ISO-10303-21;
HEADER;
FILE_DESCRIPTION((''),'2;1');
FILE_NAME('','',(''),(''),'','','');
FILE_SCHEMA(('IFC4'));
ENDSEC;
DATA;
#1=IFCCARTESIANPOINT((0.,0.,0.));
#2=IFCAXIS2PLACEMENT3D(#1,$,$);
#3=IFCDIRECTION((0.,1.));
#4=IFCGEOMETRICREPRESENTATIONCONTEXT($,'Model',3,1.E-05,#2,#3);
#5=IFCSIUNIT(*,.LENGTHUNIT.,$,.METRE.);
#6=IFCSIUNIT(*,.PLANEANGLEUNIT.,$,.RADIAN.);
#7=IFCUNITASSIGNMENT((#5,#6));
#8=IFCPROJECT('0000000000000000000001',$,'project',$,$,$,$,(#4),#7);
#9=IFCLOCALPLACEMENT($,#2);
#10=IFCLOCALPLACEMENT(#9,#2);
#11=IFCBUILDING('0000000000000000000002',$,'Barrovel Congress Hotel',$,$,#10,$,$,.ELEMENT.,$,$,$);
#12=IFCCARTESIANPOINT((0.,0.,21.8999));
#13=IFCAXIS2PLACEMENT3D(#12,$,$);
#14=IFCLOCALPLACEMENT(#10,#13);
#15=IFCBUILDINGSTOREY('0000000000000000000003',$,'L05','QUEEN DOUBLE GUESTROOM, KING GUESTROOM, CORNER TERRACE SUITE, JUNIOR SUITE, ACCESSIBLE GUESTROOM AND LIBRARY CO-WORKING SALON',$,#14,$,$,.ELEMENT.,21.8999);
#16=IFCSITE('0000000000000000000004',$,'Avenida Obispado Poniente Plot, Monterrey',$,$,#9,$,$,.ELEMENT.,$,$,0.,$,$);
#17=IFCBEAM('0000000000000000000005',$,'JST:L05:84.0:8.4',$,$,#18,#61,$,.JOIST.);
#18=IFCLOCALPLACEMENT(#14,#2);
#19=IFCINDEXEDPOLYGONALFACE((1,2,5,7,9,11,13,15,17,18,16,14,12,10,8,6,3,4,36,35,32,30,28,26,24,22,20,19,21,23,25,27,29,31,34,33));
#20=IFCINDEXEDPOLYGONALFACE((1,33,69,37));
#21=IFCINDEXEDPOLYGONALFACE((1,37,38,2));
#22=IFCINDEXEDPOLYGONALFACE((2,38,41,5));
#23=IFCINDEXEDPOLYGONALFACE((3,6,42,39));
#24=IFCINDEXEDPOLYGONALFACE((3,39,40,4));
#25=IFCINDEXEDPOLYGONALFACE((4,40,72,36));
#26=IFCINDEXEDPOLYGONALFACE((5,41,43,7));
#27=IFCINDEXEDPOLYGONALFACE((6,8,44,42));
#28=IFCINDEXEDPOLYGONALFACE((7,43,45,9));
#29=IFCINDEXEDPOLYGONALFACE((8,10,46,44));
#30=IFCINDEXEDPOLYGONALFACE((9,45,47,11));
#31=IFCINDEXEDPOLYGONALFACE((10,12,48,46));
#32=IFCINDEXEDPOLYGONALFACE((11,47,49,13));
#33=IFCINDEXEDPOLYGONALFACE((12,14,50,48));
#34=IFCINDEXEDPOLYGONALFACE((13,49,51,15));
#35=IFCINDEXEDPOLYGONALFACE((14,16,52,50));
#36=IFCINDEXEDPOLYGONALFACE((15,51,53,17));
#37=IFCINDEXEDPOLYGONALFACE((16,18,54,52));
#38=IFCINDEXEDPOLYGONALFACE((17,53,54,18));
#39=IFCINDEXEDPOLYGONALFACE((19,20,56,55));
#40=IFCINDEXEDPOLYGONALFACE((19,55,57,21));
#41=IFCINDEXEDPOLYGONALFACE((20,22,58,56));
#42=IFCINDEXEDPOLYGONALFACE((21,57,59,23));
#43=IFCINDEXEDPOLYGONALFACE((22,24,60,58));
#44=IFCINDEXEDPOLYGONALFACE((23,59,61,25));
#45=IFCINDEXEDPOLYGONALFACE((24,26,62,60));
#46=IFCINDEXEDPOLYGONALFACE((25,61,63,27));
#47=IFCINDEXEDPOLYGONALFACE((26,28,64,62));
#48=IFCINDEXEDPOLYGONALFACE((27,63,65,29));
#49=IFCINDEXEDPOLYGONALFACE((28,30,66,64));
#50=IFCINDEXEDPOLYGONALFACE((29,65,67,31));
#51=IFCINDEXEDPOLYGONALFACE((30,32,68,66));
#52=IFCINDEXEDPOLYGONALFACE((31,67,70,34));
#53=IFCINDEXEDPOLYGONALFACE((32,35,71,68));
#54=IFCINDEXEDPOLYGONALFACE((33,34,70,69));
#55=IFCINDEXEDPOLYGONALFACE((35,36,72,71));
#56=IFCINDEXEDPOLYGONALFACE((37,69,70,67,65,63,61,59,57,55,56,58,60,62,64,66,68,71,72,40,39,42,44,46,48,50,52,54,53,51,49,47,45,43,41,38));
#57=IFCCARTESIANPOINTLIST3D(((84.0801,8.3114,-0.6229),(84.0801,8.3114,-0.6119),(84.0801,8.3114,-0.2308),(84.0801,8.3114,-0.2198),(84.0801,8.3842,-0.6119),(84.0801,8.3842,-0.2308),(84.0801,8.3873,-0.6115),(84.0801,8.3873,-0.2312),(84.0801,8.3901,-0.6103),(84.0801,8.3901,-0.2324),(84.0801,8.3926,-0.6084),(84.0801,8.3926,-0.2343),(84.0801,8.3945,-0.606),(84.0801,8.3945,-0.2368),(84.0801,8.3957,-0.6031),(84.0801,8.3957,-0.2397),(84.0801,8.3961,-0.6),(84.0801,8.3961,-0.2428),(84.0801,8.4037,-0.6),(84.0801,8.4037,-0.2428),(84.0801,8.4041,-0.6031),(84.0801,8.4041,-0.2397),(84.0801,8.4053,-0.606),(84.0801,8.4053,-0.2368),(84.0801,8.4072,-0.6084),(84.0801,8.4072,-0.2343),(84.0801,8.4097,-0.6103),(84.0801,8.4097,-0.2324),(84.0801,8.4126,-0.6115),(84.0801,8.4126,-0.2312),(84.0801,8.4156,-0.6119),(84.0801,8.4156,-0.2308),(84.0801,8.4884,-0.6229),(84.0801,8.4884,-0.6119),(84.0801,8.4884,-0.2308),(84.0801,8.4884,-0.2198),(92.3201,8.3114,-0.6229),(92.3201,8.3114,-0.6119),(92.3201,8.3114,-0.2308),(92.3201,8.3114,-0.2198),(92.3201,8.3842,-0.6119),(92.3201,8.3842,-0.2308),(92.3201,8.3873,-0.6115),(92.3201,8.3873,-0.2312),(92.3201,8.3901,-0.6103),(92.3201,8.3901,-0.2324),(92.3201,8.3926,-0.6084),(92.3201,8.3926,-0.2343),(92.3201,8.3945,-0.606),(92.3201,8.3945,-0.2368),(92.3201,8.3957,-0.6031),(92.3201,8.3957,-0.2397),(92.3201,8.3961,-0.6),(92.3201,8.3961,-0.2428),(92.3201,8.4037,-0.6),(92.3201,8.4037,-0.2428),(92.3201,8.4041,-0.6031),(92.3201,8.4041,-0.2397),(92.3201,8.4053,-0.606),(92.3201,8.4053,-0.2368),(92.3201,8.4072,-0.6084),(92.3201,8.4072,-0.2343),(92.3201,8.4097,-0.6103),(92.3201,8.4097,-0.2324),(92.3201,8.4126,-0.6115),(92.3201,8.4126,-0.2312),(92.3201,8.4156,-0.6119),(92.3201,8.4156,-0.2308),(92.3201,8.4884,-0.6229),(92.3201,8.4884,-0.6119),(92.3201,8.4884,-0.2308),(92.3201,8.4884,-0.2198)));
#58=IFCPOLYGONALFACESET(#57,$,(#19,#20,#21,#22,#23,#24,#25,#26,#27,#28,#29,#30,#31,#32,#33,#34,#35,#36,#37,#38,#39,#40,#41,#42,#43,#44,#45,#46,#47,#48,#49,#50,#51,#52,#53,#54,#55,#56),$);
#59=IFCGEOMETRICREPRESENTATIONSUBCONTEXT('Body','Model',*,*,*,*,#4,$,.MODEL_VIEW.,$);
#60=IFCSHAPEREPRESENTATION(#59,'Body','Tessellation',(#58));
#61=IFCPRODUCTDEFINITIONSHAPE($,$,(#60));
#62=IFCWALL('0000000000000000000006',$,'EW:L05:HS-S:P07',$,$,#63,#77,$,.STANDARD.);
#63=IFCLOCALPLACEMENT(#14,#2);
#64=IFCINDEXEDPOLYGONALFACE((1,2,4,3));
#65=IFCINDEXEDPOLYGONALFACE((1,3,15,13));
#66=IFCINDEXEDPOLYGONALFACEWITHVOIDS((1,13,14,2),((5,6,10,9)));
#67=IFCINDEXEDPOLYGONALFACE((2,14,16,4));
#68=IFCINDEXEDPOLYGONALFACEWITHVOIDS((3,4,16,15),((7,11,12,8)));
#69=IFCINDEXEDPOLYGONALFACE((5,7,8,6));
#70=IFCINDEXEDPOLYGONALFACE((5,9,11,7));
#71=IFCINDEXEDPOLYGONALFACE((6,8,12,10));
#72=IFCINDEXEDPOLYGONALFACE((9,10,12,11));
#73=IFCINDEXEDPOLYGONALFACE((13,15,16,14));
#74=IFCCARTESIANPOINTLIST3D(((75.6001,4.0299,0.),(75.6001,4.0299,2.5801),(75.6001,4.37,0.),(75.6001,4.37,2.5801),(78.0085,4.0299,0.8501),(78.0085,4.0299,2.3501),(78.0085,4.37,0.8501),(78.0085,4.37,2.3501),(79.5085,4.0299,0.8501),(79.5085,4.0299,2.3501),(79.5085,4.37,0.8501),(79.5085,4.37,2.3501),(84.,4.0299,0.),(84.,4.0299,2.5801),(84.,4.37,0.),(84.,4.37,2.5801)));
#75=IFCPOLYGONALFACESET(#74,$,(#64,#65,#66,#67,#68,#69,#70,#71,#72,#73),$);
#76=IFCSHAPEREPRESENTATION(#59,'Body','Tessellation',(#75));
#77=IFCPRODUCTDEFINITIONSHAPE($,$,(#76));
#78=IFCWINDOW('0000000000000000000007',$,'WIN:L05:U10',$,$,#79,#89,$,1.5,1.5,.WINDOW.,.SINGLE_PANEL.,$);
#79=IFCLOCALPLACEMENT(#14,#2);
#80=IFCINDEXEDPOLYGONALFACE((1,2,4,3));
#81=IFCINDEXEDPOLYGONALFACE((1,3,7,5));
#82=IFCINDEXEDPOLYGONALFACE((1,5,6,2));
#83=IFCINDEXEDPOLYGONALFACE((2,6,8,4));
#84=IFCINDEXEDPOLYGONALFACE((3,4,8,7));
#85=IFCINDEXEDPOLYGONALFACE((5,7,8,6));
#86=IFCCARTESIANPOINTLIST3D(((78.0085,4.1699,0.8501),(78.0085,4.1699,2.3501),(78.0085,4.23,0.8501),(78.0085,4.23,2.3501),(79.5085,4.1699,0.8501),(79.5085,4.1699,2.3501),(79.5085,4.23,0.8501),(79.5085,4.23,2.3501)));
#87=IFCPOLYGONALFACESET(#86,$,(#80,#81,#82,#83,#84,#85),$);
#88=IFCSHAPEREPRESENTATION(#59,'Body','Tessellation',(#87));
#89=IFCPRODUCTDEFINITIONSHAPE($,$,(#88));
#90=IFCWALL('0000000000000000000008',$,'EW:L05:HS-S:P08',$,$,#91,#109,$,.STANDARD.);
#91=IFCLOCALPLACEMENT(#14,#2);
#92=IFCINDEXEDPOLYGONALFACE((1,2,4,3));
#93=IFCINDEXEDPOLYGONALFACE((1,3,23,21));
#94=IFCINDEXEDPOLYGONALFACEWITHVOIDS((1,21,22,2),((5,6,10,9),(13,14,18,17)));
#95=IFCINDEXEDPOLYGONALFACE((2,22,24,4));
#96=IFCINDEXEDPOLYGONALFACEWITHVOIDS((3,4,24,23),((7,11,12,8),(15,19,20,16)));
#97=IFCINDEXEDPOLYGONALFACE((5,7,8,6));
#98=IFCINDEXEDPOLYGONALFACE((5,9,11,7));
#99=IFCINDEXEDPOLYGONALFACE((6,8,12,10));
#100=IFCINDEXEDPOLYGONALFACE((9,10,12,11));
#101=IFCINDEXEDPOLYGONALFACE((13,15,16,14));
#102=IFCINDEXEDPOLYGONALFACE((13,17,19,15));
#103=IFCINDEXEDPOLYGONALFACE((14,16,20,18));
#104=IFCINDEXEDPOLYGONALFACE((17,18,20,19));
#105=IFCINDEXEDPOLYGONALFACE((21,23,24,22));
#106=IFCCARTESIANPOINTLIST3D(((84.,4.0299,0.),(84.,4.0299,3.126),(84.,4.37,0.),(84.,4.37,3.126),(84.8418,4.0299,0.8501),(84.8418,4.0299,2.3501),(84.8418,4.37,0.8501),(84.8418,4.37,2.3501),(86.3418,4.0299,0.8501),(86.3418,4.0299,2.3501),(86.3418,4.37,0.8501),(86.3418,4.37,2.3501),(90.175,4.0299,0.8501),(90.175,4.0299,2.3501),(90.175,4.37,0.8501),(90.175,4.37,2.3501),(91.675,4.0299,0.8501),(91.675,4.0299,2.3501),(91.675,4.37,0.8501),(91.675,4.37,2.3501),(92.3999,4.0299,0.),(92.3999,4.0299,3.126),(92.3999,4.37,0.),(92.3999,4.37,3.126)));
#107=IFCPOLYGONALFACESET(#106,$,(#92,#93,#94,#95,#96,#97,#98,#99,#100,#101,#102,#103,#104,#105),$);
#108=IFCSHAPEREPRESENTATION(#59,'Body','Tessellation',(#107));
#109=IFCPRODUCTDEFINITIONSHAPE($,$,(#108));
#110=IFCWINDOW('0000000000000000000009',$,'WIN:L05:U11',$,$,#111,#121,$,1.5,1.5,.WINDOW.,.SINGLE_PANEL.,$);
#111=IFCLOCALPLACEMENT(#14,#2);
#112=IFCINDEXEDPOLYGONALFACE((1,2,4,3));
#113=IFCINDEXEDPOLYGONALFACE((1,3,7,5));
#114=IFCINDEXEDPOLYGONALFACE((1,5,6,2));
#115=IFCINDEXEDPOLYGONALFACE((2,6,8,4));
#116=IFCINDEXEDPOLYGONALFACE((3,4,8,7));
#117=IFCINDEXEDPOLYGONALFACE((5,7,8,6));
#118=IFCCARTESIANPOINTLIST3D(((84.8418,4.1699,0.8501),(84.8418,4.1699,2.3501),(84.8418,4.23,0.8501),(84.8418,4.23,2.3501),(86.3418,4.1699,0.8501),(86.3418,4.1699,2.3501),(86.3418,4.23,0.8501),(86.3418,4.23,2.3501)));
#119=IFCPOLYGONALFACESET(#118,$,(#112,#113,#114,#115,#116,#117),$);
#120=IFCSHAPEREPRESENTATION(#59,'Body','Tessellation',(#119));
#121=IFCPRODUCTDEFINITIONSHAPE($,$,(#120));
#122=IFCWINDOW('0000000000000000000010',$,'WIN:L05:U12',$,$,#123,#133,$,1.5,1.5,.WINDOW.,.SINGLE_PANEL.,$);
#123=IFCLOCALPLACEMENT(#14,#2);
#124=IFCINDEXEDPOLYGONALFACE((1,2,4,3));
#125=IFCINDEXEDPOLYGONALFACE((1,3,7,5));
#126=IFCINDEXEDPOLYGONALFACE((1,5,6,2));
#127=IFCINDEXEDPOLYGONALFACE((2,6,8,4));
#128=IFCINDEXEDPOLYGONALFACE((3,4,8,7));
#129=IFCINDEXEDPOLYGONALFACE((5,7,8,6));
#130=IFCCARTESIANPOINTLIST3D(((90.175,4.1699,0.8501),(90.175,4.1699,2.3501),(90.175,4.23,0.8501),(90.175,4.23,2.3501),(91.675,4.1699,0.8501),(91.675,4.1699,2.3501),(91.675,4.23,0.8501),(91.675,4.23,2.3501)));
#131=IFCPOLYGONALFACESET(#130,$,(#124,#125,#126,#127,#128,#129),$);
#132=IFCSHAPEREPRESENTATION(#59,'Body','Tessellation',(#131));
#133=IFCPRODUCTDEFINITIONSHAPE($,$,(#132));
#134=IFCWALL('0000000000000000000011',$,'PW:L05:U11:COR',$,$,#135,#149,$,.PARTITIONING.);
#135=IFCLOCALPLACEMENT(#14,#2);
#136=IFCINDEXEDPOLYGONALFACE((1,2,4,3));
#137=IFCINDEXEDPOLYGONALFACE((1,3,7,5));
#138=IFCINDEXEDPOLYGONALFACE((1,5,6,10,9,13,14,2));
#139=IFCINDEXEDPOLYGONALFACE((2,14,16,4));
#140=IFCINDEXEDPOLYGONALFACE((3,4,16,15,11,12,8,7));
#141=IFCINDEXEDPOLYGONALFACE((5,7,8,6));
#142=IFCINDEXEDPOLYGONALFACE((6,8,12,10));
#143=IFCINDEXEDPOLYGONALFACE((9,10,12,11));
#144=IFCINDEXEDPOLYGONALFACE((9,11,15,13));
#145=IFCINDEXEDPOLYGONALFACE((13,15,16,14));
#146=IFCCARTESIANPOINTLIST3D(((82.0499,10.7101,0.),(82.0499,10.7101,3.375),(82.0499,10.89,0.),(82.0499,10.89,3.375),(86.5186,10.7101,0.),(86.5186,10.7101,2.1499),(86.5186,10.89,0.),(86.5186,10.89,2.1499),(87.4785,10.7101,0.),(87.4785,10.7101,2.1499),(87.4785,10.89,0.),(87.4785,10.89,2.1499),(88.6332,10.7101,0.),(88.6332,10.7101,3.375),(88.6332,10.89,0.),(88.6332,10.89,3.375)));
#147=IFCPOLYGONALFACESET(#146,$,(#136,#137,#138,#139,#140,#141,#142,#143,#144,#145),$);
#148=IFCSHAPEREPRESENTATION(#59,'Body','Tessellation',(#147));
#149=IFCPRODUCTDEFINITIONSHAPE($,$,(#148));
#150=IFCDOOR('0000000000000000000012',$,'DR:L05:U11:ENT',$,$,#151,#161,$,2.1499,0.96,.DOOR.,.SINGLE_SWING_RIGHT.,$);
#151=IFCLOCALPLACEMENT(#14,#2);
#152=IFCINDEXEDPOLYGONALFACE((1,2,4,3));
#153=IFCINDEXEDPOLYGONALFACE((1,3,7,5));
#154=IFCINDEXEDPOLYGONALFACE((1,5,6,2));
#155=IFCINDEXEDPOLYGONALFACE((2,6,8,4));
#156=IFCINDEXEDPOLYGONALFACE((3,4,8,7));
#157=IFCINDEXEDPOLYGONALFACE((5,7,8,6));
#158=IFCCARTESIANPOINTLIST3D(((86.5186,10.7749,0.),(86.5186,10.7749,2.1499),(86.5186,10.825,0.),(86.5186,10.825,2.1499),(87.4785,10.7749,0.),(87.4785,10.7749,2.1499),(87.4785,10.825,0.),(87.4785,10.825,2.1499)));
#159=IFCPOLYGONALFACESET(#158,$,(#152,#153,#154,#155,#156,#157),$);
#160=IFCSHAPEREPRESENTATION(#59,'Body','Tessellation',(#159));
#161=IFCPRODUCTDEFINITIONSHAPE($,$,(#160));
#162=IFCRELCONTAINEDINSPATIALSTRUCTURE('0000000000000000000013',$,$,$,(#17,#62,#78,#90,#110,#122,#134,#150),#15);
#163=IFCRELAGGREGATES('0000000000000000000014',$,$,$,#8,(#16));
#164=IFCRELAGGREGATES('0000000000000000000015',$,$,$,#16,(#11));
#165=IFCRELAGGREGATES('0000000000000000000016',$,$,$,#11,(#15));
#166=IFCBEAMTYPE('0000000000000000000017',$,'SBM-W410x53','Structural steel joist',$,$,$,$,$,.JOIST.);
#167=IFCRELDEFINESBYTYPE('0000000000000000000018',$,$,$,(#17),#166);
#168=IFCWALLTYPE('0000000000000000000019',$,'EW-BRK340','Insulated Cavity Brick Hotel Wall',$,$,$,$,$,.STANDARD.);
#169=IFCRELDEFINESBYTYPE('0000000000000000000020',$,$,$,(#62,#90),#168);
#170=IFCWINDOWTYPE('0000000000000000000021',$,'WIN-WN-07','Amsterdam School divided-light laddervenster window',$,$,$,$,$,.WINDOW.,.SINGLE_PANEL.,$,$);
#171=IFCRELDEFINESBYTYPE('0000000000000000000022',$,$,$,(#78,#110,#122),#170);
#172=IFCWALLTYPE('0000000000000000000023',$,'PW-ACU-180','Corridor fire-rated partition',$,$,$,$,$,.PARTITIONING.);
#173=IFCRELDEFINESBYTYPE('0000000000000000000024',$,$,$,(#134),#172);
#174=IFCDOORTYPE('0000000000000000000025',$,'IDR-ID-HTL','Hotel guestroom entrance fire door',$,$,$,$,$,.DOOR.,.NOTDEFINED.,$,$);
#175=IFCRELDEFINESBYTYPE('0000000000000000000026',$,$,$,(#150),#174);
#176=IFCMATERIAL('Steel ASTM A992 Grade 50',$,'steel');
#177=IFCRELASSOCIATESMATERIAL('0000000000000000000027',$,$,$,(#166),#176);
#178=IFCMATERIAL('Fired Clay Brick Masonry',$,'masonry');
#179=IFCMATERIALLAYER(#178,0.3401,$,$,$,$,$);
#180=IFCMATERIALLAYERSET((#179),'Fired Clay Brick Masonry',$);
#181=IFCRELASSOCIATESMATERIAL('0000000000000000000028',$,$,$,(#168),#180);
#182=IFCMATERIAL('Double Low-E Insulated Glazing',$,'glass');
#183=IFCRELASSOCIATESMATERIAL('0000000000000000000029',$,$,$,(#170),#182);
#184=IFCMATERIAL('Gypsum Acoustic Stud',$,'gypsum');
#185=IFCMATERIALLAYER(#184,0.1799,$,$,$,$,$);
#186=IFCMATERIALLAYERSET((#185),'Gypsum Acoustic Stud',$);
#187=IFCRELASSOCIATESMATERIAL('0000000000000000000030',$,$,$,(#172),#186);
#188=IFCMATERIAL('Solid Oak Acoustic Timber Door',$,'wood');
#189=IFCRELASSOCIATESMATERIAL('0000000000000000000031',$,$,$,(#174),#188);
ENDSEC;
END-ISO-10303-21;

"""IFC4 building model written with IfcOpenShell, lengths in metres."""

from ifc_helpers import new_model, si_unit, direction, frame, frame_2d, origin, origin_2d, place, context, subcontext, project, spatial, rectangle, i_section, extrude, material, layer, layer_set, material_profile, profile_set, type_object, element, fill, save


model = new_model("IFC4")

# Units and contexts
model_context = context("Model", 3, precision=1e-05, world=origin(), true_north=direction((0.0, 1.0)))
body_context = subcontext(model_context, "Body", "Model", "MODEL_VIEW")
ifc_project = project(units=[si_unit("LENGTHUNIT", "METRE"), si_unit("PLANEANGLEUNIT", "RADIAN")], contexts=[model_context])

# Site, building, storey
site_placement = place(None, origin())
site = spatial("IfcSite", under=ifc_project, at=site_placement, Name="Avenida Obispado Poniente Plot, Monterrey", CompositionType="ELEMENT", RefElevation=0.0)
building_placement = place(site_placement, origin())
building = spatial("IfcBuilding", under=site, at=building_placement, Name="Barrovel Congress Hotel", CompositionType="ELEMENT")
storey_placement = place(building_placement, frame((0.0, 0.0, 21.8999)))
storey = spatial("IfcBuildingStorey", under=building, at=storey_placement, Name="L05", Description="QUEEN DOUBLE GUESTROOM, KING GUESTROOM, CORNER TERRACE SUITE, JUNIOR SUITE, ACCESSIBLE GUESTROOM AND LIBRARY CO-WORKING SALON", CompositionType="ELEMENT", Elevation=21.8999)

# Beam
ifc_material_1 = material(Name="Steel ASTM A992 Grade 50", Category="steel")
ifc_material_profile_1 = material_profile(ifc_material_1, i_section(OverallWidth=0.177, OverallDepth=0.4031, WebThickness=0.0076, FlangeThickness=0.011, FilletRadius=0.012, at=origin_2d()), Name="W410x53")
ifc_profile_set_1 = profile_set([ifc_material_profile_1], Name="Steel ASTM A992 Grade 50")
beam_type_1 = type_object("IfcBeamType", Name="SBM-W410x53", Description="Structural steel joist", PredefinedType="JOIST", material=ifc_profile_set_1)
beam_1_placement = place(storey_placement, frame((84.0801, 8.3999, -0.4214), z_axis=(1.0, 0.0, 0.0), x_axis=(0.0, 1.0, 0.0)))
element("IfcBeam", 1, at=beam_1_placement, inside=storey, type_object=beam_type_1, Name="JST:L05:84.0:8.4", PredefinedType="JOIST", context=body_context, shape_type="SweptSolid", body=[
    extrude(i_section(OverallWidth=0.177, OverallDepth=0.4031, WebThickness=0.0076, FlangeThickness=0.011, FilletRadius=0.012, at=origin_2d()), origin(), (0.0, 0.0, 1.0), 8.24),
])

# Wall, opening, window
ifc_material_2 = material(Name="Fired Clay Brick Masonry", Category="masonry")
ifc_layer_1 = layer(ifc_material_2, 0.3401)
ifc_layer_set_1 = layer_set([ifc_layer_1], Name="Fired Clay Brick Masonry")
wall_type_1 = type_object("IfcWallType", Name="EW-BRK340", Description="Insulated Cavity Brick Hotel Wall", PredefinedType="STANDARD", material=ifc_layer_set_1)
wall_1_placement = place(storey_placement, frame((75.6001, 4.2, 0.0), z_axis=(0.0, 0.0, 1.0), x_axis=(1.0, 0.0, 0.0)))
wall_1 = element("IfcWall", 2, at=wall_1_placement, inside=storey, type_object=wall_type_1, Name="EW:L05:HS-S:P07", PredefinedType="STANDARD", context=body_context, shape_type="SweptSolid", body=[
    extrude(rectangle(XDim=8.3999, YDim=0.3401, at=frame_2d((4.2, 0.0))), origin(), (0.0, 0.0, 1.0), 2.5801),
])
opening_1_placement = place(wall_1_placement, frame((2.4084, 0.0, 0.8501)))
opening_1 = element("IfcOpeningElement", 3, at=opening_1_placement, cuts=wall_1, PredefinedType="OPENING", context=body_context, shape_type="SweptSolid", body=[
    extrude(rectangle(XDim=1.5, YDim=1.5, at=frame_2d((0.75, 0.75))), frame((0.0, 0.1802, 0.0), z_axis=(0.0, -1.0, 0.0), x_axis=(1.0, 0.0, 0.0)), (0.0, 0.0, 1.0), 0.3601),
])
ifc_material_3 = material(Name="Double Low-E Insulated Glazing", Category="glass")
window_type = type_object("IfcWindowType", Name="WIN-WN-07", Description="Amsterdam School divided-light laddervenster window", PartitioningType="SINGLE_PANEL", PredefinedType="WINDOW", material=ifc_material_3)
window_1_placement = place(opening_1_placement, origin())
window_1 = element("IfcWindow", 4, at=window_1_placement, inside=storey, type_object=window_type, Name="WIN:L05:U10", OverallHeight=1.5, OverallWidth=1.5, PartitioningType="SINGLE_PANEL", PredefinedType="WINDOW", context=body_context, shape_type="SweptSolid", body=[
    extrude(rectangle(XDim=1.5, YDim=1.5, at=frame_2d((0.75, 0.75))), frame((0.0, 0.03, 0.0), z_axis=(0.0, -1.0, 0.0), x_axis=(1.0, 0.0, 0.0)), (0.0, 0.0, 1.0), 0.0601),
])
fill(opening_1, window_1)

# Wall, openings, windows
wall_2_placement = place(storey_placement, frame((84.0, 4.2, 0.0), z_axis=(0.0, 0.0, 1.0), x_axis=(1.0, 0.0, 0.0)))
wall_2 = element("IfcWall", 5, at=wall_2_placement, inside=storey, type_object=wall_type_1, Name="EW:L05:HS-S:P08", PredefinedType="STANDARD", context=body_context, shape_type="SweptSolid", body=[
    extrude(rectangle(XDim=8.3999, YDim=0.3401, at=frame_2d((4.2, 0.0))), origin(), (0.0, 0.0, 1.0), 3.126),
])
opening_2_placement = place(wall_2_placement, frame((0.8418, 0.0, 0.8501)))
opening_2 = element("IfcOpeningElement", 6, at=opening_2_placement, cuts=wall_2, PredefinedType="OPENING", context=body_context, shape_type="SweptSolid", body=[
    extrude(rectangle(XDim=1.5, YDim=1.5, at=frame_2d((0.75, 0.75))), frame((0.0, 0.1802, 0.0), z_axis=(0.0, -1.0, 0.0), x_axis=(1.0, 0.0, 0.0)), (0.0, 0.0, 1.0), 0.3601),
])
opening_3_placement = place(wall_2_placement, frame((6.175, 0.0, 0.8501)))
opening_3 = element("IfcOpeningElement", 7, at=opening_3_placement, cuts=wall_2, PredefinedType="OPENING", context=body_context, shape_type="SweptSolid", body=[
    extrude(rectangle(XDim=1.5, YDim=1.5, at=frame_2d((0.75, 0.75))), frame((0.0, 0.1802, 0.0), z_axis=(0.0, -1.0, 0.0), x_axis=(1.0, 0.0, 0.0)), (0.0, 0.0, 1.0), 0.3601),
])
window_2_placement = place(opening_2_placement, origin())
window_2 = element("IfcWindow", 8, at=window_2_placement, inside=storey, type_object=window_type, Name="WIN:L05:U11", OverallHeight=1.5, OverallWidth=1.5, PartitioningType="SINGLE_PANEL", PredefinedType="WINDOW", context=body_context, shape_type="SweptSolid", body=[
    extrude(rectangle(XDim=1.5, YDim=1.5, at=frame_2d((0.75, 0.75))), frame((0.0, 0.03, 0.0), z_axis=(0.0, -1.0, 0.0), x_axis=(1.0, 0.0, 0.0)), (0.0, 0.0, 1.0), 0.0601),
])
fill(opening_2, window_2)
window_3_placement = place(opening_3_placement, origin())
window_3 = element("IfcWindow", 9, at=window_3_placement, inside=storey, type_object=window_type, Name="WIN:L05:U12", OverallHeight=1.5, OverallWidth=1.5, PartitioningType="SINGLE_PANEL", PredefinedType="WINDOW", context=body_context, shape_type="SweptSolid", body=[
    extrude(rectangle(XDim=1.5, YDim=1.5, at=frame_2d((0.75, 0.75))), frame((0.0, 0.03, 0.0), z_axis=(0.0, -1.0, 0.0), x_axis=(1.0, 0.0, 0.0)), (0.0, 0.0, 1.0), 0.0601),
])
fill(opening_3, window_3)

# Wall, opening, door
ifc_material_4 = material(Name="Gypsum Acoustic Stud", Category="gypsum")
ifc_layer_2 = layer(ifc_material_4, 0.1799)
ifc_layer_set_2 = layer_set([ifc_layer_2], Name="Gypsum Acoustic Stud")
wall_type_2 = type_object("IfcWallType", Name="PW-ACU-180", Description="Corridor fire-rated partition", PredefinedType="PARTITIONING", material=ifc_layer_set_2)
wall_3_placement = place(storey_placement, frame((82.05, 10.8, 0.0), z_axis=(0.0, 0.0, 1.0), x_axis=(1.0, 0.0, 0.0)))
wall_3 = element("IfcWall", 10, at=wall_3_placement, inside=storey, type_object=wall_type_2, Name="PW:L05:U11:COR", PredefinedType="PARTITIONING", context=body_context, shape_type="SweptSolid", body=[
    extrude(rectangle(XDim=6.5833, YDim=0.1799, at=frame_2d((3.2915, 0.0))), origin(), (0.0, 0.0, 1.0), 3.375),
])
opening_4_placement = place(wall_3_placement, frame((4.4685, 0.0, 0.0)))
opening_4 = element("IfcOpeningElement", 11, at=opening_4_placement, cuts=wall_3, PredefinedType="OPENING", context=body_context, shape_type="SweptSolid", body=[
    extrude(rectangle(XDim=0.96, YDim=2.1499, at=frame_2d((0.48, 1.075))), frame((0.0, 0.1001, 0.0), z_axis=(0.0, -1.0, 0.0), x_axis=(1.0, 0.0, 0.0)), (0.0, 0.0, 1.0), 0.2),
])
ifc_material_5 = material(Name="Solid Oak Acoustic Timber Door", Category="wood")
door_type_1 = type_object("IfcDoorType", Name="IDR-ID-HTL", Description="Hotel guestroom entrance fire door", OperationType="NOTDEFINED", PredefinedType="DOOR", material=ifc_material_5)
door_1_placement = place(opening_4_placement, origin())
door_1 = element("IfcDoor", 12, at=door_1_placement, inside=storey, type_object=door_type_1, Name="DR:L05:U11:ENT", OperationType="SINGLE_SWING_RIGHT", OverallHeight=2.1499, OverallWidth=0.96, PredefinedType="DOOR", context=body_context, shape_type="SweptSolid", body=[
    extrude(rectangle(XDim=0.96, YDim=2.1499, at=frame_2d((0.48, 1.075))), frame((0.0, 0.0249, 0.0), z_axis=(0.0, -1.0, 0.0), x_axis=(1.0, 0.0, 0.0)), (0.0, 0.0, 1.0), 0.05),
])
fill(opening_4, door_1)

save(model, "model.ifc")
